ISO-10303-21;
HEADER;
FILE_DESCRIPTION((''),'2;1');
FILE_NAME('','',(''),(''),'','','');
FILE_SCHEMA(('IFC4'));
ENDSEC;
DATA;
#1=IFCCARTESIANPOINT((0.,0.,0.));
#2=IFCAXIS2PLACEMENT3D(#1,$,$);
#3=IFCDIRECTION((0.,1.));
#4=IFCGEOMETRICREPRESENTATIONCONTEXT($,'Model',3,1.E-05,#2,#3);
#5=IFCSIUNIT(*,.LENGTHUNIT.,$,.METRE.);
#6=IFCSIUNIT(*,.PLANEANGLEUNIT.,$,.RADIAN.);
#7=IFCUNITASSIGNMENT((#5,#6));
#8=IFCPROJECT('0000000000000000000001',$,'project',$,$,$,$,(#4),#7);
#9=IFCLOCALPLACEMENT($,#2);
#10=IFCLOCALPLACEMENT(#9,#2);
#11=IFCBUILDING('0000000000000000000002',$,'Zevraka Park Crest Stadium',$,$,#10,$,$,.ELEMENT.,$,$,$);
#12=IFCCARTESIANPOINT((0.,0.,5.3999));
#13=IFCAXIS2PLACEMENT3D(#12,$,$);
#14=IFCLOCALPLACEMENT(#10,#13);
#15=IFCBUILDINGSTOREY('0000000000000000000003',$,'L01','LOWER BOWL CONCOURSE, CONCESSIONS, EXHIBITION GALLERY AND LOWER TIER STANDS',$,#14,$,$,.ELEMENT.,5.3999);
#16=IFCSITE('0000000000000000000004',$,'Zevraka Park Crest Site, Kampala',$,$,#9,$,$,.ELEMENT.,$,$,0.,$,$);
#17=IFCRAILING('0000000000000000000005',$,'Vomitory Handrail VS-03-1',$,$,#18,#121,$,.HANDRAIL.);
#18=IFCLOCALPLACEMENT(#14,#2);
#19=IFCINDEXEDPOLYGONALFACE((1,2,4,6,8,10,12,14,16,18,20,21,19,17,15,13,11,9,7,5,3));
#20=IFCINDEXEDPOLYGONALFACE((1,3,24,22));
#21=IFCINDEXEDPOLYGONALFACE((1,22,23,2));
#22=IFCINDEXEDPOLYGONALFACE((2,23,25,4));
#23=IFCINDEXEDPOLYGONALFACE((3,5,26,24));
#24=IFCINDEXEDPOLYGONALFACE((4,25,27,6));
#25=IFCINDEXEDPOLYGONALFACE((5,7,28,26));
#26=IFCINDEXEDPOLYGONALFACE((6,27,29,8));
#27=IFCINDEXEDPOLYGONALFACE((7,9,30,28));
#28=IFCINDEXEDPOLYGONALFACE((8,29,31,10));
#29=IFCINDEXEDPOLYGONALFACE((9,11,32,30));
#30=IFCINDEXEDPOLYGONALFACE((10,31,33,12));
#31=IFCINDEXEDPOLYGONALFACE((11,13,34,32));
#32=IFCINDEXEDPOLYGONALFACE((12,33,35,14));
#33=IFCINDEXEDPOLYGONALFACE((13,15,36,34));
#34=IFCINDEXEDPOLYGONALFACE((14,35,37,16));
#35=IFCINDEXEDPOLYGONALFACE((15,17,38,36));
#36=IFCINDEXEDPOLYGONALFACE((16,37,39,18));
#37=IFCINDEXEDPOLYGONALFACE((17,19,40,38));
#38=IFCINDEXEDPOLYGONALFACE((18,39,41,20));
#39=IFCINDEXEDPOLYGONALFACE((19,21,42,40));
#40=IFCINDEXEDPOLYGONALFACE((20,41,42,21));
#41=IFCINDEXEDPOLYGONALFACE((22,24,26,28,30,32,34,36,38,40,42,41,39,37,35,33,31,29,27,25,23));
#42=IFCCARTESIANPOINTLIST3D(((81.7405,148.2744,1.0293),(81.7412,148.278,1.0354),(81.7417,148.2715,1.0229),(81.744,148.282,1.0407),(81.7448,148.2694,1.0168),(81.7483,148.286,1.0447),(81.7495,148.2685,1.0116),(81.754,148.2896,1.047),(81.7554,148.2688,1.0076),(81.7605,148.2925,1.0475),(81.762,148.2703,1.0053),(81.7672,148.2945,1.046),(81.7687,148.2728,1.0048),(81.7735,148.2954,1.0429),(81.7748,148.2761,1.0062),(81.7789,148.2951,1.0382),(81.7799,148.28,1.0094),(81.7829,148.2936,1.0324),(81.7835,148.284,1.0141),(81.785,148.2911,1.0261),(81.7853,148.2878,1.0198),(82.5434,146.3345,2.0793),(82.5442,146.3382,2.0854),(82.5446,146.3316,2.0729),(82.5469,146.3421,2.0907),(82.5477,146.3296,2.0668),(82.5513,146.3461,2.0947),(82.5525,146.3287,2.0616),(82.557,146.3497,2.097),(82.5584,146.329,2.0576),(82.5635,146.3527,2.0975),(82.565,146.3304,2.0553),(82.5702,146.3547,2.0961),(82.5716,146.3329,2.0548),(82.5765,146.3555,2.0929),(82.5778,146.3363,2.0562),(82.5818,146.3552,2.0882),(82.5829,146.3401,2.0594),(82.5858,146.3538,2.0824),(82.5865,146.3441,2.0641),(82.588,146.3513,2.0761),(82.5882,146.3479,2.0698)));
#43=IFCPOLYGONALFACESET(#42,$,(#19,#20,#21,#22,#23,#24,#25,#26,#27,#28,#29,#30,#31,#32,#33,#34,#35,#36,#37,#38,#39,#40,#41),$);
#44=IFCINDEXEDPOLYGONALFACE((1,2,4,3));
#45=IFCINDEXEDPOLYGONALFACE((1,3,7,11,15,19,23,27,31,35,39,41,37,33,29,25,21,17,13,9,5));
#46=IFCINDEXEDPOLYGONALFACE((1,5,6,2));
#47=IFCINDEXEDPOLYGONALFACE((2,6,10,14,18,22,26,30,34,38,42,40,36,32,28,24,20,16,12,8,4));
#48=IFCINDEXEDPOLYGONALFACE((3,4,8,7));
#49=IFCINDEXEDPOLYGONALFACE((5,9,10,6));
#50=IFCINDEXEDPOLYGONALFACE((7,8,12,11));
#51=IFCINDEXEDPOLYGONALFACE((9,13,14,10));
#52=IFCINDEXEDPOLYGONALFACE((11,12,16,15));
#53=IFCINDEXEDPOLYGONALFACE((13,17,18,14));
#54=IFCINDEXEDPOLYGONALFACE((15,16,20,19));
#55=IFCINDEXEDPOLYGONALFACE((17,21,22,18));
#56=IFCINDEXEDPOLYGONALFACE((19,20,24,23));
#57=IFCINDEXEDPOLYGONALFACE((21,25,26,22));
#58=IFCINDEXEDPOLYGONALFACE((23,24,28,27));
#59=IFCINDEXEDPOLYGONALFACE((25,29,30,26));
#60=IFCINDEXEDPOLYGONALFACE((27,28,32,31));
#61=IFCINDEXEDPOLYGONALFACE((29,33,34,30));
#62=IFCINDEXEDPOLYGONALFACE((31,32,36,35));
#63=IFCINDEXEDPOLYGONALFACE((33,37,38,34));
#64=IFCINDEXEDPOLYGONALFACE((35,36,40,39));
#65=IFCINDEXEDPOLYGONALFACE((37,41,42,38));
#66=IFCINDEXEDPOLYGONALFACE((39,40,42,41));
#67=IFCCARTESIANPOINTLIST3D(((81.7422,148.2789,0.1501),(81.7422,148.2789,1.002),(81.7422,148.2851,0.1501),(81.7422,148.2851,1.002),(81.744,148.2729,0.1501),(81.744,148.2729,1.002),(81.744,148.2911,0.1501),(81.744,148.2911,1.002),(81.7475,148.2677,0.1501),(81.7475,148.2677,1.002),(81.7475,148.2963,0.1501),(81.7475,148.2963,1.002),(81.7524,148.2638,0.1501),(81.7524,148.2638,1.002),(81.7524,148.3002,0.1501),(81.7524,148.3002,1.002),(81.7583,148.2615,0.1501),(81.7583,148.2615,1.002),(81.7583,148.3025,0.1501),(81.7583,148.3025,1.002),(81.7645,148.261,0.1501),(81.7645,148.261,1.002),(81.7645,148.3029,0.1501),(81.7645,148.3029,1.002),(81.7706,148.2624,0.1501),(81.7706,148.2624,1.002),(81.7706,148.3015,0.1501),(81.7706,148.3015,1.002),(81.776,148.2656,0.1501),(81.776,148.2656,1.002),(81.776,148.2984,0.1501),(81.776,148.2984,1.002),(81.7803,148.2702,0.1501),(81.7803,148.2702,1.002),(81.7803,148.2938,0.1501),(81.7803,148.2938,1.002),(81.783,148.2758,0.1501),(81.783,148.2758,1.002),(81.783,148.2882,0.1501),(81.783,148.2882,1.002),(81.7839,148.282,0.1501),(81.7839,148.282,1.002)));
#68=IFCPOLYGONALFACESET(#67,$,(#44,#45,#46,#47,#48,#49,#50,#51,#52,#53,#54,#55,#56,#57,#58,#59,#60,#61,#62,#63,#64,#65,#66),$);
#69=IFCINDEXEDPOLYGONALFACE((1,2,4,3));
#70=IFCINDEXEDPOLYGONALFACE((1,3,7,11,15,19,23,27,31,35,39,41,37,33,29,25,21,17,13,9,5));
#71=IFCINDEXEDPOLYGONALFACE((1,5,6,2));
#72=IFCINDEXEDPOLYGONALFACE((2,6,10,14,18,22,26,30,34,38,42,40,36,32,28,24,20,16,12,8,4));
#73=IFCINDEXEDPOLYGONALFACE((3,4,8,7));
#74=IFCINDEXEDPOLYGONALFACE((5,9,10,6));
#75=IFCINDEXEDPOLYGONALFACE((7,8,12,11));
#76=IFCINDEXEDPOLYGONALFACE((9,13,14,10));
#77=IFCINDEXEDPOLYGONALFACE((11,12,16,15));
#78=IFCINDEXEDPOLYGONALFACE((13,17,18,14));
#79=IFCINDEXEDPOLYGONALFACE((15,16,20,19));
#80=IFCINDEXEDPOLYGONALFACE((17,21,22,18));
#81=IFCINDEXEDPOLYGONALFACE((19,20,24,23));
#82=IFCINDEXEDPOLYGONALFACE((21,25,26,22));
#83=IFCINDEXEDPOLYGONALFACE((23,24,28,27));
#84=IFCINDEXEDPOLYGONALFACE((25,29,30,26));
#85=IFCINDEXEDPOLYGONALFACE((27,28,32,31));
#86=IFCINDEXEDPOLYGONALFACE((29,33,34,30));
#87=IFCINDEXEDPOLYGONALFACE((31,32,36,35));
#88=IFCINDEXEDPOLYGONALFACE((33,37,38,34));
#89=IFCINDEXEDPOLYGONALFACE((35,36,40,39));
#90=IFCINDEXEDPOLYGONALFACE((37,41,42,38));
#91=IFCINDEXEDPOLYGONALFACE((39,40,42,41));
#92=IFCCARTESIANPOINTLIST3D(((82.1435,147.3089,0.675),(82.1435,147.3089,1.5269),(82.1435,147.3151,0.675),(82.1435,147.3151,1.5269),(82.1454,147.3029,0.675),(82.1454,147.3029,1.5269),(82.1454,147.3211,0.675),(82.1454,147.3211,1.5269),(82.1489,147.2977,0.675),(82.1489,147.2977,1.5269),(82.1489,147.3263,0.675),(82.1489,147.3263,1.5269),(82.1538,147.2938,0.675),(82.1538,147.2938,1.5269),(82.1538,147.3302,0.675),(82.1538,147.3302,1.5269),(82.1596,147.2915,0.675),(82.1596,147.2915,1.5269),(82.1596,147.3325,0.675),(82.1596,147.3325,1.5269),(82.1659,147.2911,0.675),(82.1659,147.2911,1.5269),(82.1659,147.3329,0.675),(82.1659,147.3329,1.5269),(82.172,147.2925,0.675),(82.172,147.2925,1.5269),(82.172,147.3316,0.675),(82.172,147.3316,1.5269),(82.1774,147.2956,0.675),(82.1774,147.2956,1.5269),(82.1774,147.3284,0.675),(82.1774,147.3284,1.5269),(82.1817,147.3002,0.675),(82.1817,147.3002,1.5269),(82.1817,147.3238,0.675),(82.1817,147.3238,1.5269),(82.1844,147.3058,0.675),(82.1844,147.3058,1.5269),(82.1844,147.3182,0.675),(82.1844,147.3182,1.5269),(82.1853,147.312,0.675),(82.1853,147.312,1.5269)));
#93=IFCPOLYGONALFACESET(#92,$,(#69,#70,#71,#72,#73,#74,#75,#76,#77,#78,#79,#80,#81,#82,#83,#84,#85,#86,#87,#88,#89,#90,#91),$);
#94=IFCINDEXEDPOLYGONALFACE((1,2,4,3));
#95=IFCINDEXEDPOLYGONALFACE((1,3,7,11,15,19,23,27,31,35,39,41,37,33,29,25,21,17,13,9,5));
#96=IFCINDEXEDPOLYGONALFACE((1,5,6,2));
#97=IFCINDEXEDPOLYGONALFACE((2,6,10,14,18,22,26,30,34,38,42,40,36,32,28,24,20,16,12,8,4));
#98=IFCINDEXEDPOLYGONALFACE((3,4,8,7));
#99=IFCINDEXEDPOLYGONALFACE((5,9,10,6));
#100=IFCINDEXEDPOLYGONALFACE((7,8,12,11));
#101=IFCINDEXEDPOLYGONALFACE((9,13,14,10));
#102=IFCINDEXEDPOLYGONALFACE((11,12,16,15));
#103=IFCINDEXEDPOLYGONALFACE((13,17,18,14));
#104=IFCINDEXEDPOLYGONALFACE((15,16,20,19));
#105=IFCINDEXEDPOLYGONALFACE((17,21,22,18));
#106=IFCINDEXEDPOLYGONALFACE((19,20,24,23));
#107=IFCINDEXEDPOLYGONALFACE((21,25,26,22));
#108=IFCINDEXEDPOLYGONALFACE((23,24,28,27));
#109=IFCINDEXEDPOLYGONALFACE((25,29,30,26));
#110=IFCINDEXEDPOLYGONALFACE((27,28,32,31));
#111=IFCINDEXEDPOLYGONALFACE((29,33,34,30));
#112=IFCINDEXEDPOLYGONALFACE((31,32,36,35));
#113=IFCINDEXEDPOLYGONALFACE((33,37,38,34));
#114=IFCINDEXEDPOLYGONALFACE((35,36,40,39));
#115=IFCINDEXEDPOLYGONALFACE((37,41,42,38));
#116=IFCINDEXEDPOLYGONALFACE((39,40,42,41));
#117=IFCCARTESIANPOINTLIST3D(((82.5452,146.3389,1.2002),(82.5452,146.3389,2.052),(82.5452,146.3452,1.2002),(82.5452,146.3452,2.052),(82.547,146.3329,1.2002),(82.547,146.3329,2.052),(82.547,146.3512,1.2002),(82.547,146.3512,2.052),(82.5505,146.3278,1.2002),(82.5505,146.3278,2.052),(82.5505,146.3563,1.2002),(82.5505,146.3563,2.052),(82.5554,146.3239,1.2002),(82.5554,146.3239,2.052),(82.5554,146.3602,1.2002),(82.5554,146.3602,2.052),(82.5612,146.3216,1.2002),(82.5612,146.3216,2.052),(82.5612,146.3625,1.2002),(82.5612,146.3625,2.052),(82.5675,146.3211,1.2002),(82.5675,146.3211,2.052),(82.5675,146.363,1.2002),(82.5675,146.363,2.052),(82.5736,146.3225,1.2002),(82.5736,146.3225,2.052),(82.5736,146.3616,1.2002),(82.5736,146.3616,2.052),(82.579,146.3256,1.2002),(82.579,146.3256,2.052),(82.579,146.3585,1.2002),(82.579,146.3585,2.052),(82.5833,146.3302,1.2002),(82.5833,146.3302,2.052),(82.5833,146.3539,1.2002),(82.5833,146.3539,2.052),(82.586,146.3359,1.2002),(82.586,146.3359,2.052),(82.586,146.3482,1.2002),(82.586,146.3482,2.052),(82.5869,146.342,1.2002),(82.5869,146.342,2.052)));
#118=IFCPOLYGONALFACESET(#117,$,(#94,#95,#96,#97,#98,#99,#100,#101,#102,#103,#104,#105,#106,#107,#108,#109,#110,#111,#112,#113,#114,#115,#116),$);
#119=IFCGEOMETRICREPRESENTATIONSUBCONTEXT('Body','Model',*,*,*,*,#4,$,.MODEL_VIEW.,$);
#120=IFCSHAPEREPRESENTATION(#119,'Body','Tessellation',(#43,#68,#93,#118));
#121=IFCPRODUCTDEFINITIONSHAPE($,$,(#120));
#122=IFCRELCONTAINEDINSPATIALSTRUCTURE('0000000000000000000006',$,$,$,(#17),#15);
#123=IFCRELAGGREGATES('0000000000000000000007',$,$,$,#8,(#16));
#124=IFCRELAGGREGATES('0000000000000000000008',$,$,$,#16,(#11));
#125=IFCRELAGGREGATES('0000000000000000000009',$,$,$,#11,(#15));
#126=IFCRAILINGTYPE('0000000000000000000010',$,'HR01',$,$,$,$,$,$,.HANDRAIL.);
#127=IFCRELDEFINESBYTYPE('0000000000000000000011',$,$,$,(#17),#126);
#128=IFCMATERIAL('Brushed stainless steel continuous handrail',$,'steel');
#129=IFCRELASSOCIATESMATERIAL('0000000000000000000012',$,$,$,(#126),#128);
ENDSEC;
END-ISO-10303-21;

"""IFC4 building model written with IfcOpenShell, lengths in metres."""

from ifc_helpers import new_model, si_unit, direction, frame, origin, origin_2d, place, context, subcontext, project, spatial, circle, extrude, material, type_object, element, save


model = new_model("IFC4")

# Units and contexts
model_context = context("Model", 3, precision=1e-05, world=origin(), true_north=direction((0.0, 1.0)))
body_context = subcontext(model_context, "Body", "Model", "MODEL_VIEW")
ifc_project = project(units=[si_unit("LENGTHUNIT", "METRE"), si_unit("PLANEANGLEUNIT", "RADIAN")], contexts=[model_context])

# Site, building, storey
site_placement = place(None, origin())
site = spatial("IfcSite", under=ifc_project, at=site_placement, Name="Zevraka Park Crest Site, Kampala", CompositionType="ELEMENT", RefElevation=0.0)
building_placement = place(site_placement, origin())
building = spatial("IfcBuilding", under=site, at=building_placement, Name="Zevraka Park Crest Stadium", CompositionType="ELEMENT")
storey_placement = place(building_placement, frame((0.0, 0.0, 5.3999)))
storey = spatial("IfcBuildingStorey", under=building, at=storey_placement, Name="L01", Description="LOWER BOWL CONCOURSE, CONCESSIONS, EXHIBITION GALLERY AND LOWER TIER STANDS", CompositionType="ELEMENT", Elevation=5.3999)

# Railing
ifc_material_1 = material(Name="Brushed stainless steel continuous handrail", Category="steel")
railing_type_1 = type_object("IfcRailingType", Name="HR01", PredefinedType="HANDRAIL", material=ifc_material_1)
railing_1_placement = place(storey_placement, frame((81.7629, 148.282, 0.1501)))
element("IfcRailing", 1, at=railing_1_placement, inside=storey, type_object=railing_type_1, Name="Vomitory Handrail VS-03-1", PredefinedType="HANDRAIL", context=body_context, shape_type="SweptSolid", body=[
    extrude(circle(Radius=0.0239, at=origin_2d()), frame((0.0, 0.0, 0.876), z_axis=(0.342057, -0.826387, 0.447305), x_axis=(0.923976, 0.382451, 0.0)), (0.0, 0.0, 1.0), 2.3474),
    extrude(circle(Radius=0.021, at=origin_2d()), origin(), (0.0, 0.0, 1.0), 0.8518),
    extrude(circle(Radius=0.021, at=origin_2d()), frame((0.4014, -0.97, 0.5249)), (0.0, 0.0, 1.0), 0.8518),
    extrude(circle(Radius=0.021, at=origin_2d()), frame((0.803, -1.9399, 1.05)), (0.0, 0.0, 1.0), 0.8518),
])

save(model, "model.ifc")
